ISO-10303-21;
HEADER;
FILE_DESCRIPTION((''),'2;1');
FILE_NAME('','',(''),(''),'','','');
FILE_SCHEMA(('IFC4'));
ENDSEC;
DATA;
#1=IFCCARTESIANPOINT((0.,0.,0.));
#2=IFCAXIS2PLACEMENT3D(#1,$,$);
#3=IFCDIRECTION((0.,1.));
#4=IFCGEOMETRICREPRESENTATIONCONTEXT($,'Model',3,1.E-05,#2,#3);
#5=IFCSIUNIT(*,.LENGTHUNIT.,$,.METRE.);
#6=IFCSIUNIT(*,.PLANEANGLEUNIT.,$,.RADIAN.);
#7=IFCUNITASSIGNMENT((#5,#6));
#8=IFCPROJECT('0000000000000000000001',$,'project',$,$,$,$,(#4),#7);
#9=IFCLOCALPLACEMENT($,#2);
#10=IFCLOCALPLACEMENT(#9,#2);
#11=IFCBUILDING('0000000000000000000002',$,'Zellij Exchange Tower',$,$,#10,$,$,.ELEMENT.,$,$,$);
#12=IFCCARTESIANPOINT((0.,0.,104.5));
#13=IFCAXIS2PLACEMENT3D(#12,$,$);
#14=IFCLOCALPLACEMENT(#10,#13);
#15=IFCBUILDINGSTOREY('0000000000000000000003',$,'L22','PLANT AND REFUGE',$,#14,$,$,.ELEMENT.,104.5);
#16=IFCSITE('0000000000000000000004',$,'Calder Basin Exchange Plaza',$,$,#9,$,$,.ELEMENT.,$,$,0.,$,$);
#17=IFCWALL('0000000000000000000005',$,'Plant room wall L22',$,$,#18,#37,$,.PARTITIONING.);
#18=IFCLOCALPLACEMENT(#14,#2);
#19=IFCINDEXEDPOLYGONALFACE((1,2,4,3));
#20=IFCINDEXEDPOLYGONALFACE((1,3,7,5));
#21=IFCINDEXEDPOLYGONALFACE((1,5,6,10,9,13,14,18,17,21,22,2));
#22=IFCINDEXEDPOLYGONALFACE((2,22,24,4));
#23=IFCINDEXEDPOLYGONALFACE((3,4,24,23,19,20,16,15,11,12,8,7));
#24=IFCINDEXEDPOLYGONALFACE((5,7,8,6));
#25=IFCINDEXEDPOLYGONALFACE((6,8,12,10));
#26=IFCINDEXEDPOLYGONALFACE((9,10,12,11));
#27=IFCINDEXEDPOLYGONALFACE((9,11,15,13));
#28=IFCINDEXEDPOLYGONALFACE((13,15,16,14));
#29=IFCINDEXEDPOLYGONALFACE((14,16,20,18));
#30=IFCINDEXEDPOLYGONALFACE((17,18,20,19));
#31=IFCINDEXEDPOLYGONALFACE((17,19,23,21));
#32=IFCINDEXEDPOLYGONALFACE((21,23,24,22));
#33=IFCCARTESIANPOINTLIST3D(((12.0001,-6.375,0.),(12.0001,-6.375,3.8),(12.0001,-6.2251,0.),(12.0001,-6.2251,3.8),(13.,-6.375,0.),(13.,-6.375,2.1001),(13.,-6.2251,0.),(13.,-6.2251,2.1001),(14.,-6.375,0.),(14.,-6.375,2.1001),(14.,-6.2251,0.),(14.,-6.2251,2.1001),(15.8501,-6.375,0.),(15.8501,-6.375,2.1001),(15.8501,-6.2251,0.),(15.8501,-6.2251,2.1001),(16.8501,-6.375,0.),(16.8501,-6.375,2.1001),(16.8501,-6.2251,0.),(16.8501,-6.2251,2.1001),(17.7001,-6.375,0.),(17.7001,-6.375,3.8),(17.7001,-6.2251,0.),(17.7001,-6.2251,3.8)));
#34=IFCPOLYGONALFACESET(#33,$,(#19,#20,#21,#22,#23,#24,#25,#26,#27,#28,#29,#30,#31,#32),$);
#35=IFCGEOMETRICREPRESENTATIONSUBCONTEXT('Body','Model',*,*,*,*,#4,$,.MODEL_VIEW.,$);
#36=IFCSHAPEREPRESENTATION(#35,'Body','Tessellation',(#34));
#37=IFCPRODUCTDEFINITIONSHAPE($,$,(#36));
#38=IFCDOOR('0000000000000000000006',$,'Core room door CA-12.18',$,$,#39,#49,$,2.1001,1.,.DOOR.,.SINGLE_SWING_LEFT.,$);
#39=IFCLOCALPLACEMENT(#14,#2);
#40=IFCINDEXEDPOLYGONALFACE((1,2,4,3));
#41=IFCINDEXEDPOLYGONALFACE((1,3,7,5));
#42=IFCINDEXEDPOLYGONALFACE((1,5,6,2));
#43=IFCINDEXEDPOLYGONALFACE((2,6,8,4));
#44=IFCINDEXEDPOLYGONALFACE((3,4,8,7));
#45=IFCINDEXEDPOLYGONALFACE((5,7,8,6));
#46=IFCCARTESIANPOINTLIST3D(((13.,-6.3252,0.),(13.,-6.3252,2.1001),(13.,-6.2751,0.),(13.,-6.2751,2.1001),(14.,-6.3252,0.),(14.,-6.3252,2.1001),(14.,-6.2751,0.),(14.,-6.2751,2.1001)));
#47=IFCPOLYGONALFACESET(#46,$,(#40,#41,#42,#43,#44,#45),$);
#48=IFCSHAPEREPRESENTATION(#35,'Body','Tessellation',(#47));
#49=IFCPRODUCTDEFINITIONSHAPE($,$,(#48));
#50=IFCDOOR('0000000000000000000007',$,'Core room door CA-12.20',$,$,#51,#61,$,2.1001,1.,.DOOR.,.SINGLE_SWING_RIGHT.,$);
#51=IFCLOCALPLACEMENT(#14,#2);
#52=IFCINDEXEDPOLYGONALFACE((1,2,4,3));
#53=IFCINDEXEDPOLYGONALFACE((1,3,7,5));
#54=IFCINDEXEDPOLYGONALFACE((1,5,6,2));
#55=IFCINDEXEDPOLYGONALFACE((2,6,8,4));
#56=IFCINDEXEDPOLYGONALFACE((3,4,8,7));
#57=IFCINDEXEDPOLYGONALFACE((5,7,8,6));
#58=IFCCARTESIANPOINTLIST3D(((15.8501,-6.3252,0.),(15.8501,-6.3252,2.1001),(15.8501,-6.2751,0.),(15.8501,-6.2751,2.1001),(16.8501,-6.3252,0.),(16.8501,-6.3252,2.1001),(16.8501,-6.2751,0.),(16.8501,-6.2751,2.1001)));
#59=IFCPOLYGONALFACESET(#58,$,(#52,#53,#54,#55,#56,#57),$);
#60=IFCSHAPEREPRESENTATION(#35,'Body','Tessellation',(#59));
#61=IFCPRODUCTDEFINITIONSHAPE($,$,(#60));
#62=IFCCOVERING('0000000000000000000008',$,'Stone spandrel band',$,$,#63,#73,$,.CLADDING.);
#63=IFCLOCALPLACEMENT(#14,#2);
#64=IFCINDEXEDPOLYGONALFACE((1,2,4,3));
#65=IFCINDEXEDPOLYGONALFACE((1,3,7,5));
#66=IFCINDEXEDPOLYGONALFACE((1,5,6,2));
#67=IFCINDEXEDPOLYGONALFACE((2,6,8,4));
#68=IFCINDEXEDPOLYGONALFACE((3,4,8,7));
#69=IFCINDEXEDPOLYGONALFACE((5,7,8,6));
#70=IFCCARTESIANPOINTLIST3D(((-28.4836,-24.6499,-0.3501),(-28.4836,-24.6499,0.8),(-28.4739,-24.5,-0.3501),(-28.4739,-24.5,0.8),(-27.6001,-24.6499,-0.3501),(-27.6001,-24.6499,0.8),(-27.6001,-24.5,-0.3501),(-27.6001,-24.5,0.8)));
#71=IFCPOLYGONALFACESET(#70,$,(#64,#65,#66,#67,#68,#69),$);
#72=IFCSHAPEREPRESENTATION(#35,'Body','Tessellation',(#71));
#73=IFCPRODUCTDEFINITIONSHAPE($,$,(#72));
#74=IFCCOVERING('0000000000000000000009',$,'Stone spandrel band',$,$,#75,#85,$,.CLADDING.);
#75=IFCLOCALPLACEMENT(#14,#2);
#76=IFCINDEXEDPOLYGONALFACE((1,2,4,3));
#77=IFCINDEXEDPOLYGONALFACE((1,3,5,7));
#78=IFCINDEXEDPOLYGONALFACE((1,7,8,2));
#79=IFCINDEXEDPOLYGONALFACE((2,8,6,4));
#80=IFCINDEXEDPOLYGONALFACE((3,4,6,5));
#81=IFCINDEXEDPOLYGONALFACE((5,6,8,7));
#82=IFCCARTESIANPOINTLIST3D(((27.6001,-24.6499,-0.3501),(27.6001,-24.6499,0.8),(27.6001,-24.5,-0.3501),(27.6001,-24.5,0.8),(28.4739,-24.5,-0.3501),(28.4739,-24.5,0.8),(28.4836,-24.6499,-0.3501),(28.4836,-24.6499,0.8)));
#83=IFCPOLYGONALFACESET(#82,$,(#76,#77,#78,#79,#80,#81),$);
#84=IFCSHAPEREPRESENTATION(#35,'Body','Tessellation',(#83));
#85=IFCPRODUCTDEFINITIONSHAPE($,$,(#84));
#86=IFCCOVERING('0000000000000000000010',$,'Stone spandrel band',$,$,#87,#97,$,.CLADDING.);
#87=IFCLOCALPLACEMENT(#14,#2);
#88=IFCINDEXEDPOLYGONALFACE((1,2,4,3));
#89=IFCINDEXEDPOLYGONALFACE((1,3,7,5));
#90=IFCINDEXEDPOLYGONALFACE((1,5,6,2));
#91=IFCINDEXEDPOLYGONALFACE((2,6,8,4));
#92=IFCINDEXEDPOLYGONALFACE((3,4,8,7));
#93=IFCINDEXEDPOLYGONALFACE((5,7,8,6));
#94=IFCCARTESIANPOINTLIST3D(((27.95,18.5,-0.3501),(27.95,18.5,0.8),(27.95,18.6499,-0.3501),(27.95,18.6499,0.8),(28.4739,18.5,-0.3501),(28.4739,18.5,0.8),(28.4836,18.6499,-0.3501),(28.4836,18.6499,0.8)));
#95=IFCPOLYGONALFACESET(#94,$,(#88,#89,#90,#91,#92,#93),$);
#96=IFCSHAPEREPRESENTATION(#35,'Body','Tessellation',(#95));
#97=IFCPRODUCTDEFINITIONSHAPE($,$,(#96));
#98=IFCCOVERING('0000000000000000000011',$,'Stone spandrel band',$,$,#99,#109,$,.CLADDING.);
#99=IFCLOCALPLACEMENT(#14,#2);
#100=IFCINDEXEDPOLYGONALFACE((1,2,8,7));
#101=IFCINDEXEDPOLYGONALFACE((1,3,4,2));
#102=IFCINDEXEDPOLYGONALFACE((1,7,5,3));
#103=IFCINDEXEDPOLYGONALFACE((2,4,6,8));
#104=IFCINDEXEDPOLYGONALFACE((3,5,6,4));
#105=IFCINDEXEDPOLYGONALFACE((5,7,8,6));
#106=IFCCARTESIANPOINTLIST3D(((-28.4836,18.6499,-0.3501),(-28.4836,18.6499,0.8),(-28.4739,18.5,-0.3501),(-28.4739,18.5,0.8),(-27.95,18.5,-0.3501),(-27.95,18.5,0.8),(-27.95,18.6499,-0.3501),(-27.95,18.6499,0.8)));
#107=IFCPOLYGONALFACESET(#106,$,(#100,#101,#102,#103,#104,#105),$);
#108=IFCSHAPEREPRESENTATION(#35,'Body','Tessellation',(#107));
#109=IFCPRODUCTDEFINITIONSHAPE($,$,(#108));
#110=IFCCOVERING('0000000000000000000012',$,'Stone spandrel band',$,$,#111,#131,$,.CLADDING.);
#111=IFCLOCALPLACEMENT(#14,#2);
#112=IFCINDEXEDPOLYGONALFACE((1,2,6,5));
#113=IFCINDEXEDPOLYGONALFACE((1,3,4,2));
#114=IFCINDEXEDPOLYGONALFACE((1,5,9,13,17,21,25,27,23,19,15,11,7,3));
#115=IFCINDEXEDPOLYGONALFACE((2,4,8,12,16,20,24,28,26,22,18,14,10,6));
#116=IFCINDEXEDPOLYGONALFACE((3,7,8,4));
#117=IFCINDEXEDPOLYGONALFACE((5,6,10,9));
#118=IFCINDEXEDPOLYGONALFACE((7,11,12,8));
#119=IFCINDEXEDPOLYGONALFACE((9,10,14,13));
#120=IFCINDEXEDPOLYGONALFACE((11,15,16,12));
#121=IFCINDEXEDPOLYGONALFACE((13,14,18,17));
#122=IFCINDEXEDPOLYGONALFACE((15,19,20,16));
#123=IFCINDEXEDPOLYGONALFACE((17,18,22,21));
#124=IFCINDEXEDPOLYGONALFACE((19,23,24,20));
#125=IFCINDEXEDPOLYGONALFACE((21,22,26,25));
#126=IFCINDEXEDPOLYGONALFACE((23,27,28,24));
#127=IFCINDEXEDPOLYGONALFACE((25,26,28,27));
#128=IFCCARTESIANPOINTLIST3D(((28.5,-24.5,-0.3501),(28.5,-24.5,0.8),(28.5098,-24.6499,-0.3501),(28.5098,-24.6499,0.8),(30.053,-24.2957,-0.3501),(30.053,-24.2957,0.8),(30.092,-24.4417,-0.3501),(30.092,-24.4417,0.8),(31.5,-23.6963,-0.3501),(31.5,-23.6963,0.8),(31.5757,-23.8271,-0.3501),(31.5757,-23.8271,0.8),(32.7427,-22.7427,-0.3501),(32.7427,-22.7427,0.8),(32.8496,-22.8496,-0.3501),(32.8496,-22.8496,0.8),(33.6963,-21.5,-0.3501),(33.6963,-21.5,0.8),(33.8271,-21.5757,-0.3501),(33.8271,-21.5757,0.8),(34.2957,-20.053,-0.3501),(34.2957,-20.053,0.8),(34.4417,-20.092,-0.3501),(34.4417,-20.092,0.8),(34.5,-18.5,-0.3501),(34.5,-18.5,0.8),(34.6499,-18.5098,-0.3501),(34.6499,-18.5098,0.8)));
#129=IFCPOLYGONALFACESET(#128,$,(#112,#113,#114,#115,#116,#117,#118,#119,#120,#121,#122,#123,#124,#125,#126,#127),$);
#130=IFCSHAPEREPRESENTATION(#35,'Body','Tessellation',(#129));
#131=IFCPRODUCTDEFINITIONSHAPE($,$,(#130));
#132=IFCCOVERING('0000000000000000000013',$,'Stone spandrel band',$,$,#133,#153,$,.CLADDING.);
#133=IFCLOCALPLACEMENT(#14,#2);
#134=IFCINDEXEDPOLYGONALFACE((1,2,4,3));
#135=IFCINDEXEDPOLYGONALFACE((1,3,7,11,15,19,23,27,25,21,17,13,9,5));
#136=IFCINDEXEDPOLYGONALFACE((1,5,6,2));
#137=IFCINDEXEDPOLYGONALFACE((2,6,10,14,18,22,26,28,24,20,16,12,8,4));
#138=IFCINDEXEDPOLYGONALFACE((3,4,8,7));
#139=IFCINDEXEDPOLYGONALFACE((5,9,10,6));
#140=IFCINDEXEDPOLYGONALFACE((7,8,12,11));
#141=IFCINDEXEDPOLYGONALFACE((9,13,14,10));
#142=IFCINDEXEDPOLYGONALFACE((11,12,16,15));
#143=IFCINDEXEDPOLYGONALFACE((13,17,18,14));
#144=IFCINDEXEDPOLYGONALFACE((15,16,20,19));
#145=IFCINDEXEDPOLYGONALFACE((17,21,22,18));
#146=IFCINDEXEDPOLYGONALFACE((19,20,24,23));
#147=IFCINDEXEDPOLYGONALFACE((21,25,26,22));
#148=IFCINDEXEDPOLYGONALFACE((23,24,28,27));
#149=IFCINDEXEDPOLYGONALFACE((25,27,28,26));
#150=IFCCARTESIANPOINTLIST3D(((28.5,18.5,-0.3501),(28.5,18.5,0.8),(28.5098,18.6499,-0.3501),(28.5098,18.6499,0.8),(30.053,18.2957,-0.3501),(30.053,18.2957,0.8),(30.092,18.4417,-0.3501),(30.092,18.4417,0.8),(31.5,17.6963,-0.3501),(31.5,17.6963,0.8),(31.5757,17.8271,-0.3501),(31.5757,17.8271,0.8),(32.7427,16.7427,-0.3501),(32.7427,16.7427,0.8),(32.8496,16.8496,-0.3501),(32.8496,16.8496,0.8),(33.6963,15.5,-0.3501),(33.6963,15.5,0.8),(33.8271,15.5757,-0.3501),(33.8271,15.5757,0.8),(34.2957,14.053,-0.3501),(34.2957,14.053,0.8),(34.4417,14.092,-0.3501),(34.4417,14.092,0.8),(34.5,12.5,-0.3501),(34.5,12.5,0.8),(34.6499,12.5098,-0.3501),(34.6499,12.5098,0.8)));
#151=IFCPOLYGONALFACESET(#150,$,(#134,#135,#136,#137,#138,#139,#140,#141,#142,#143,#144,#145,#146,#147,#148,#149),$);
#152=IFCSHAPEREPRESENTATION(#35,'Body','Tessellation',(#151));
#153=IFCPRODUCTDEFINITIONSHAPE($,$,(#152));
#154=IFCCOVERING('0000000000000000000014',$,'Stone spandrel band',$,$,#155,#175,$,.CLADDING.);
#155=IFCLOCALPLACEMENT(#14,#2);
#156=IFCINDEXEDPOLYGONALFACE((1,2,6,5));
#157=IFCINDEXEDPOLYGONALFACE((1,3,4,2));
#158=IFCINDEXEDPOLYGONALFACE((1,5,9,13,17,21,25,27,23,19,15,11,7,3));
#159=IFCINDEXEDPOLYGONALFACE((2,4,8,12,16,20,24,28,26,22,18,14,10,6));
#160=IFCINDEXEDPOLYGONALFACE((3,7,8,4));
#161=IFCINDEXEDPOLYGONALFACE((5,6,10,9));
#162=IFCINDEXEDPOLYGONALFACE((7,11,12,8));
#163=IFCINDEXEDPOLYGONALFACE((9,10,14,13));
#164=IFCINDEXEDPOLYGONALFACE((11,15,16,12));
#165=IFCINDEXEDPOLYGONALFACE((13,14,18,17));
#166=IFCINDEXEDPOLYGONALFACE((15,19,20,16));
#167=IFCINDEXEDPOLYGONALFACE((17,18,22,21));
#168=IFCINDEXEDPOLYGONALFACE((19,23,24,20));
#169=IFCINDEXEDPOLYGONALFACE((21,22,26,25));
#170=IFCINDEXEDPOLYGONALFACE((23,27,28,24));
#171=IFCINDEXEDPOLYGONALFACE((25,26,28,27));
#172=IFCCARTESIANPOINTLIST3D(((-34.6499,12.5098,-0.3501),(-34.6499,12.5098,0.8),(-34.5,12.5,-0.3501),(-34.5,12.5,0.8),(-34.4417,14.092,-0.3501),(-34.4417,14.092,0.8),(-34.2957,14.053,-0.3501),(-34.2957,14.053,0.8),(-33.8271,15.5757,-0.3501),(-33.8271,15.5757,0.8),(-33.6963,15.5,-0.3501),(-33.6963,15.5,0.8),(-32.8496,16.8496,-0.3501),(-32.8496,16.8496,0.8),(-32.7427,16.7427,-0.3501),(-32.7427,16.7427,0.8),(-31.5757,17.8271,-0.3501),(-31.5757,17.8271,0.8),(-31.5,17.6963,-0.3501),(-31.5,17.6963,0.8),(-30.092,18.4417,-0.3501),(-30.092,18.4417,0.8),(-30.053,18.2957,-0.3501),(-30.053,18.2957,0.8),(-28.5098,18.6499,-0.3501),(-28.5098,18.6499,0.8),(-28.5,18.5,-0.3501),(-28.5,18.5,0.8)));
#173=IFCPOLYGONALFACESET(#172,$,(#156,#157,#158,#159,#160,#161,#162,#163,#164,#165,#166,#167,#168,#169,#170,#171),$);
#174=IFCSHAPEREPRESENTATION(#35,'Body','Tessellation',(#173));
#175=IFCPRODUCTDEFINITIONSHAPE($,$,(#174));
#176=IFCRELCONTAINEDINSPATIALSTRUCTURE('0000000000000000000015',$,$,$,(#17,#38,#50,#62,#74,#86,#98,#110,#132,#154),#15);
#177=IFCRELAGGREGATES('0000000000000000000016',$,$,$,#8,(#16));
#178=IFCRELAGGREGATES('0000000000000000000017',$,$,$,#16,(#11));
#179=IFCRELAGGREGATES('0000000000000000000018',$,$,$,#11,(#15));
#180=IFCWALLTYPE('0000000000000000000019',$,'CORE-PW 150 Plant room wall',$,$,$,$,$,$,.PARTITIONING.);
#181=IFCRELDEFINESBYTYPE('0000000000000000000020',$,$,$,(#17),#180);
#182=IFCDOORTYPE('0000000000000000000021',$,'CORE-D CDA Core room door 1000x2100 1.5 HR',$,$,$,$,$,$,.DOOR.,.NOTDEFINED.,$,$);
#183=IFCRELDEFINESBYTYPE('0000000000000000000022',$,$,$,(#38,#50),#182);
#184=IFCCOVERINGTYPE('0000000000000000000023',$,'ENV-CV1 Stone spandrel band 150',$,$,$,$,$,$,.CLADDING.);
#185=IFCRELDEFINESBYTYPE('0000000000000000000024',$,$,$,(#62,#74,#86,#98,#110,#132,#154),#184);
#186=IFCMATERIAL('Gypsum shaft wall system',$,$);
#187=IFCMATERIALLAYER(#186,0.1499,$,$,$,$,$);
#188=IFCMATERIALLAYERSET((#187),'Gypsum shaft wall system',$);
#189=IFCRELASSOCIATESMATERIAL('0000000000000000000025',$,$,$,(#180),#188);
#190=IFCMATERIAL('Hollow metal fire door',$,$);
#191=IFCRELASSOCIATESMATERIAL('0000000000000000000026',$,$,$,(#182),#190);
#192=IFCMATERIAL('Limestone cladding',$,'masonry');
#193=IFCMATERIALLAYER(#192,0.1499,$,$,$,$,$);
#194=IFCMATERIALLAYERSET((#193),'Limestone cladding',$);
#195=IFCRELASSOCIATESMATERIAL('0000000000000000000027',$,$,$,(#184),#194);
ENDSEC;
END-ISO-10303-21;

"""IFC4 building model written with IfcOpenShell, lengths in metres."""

from ifc_helpers import new_model, si_unit, direction, frame, frame_2d, origin, place, context, subcontext, project, spatial, polyline, rectangle, outline, extrude, material, layer, layer_set, type_object, element, fill, save


model = new_model("IFC4")

# Units and contexts
model_context = context("Model", 3, precision=1e-05, world=origin(), true_north=direction((0.0, 1.0)))
body_context = subcontext(model_context, "Body", "Model", "MODEL_VIEW")
ifc_project = project(units=[si_unit("LENGTHUNIT", "METRE"), si_unit("PLANEANGLEUNIT", "RADIAN")], contexts=[model_context])

# Site, building, storey
site_placement = place(None, origin())
site = spatial("IfcSite", under=ifc_project, at=site_placement, Name="Calder Basin Exchange Plaza", CompositionType="ELEMENT", RefElevation=0.0)
building_placement = place(site_placement, origin())
building = spatial("IfcBuilding", under=site, at=building_placement, Name="Zellij Exchange Tower", CompositionType="ELEMENT")
storey_placement = place(building_placement, frame((0.0, 0.0, 104.5)))
storey = spatial("IfcBuildingStorey", under=building, at=storey_placement, Name="L22", Description="PLANT AND REFUGE", CompositionType="ELEMENT", Elevation=104.5)

# Shared definitions
ifc_material_1 = material(Name="Gypsum shaft wall system")
ifc_material_2 = material(Name="Hollow metal fire door")

# Shared definitions
ifc_layer_1 = layer(ifc_material_1, 0.1499)
ifc_layer_set_1 = layer_set([ifc_layer_1], Name="Gypsum shaft wall system")
wall_type_1 = type_object("IfcWallType", Name="CORE-PW 150 Plant room wall", PredefinedType="PARTITIONING", material=ifc_layer_set_1)

# Wall, openings, doors
wall_1_placement = place(storey_placement, frame((12.0, -6.3, 0.0), z_axis=(0.0, 0.0, 1.0), x_axis=(1.0, 0.0, 0.0)))
wall_1 = element("IfcWall", 1, at=wall_1_placement, inside=storey, type_object=wall_type_1, Name="Plant room wall L22", PredefinedType="PARTITIONING", context=body_context, shape_type="SweptSolid", body=[
    extrude(rectangle(XDim=5.7, YDim=0.1499, at=frame_2d((2.8501, 0.0))), origin(), (0.0, 0.0, 1.0), 3.8),
])
opening_1_placement = place(wall_1_placement, frame((1.0, 0.0, 0.0)))
opening_1 = element("IfcOpeningElement", 2, at=opening_1_placement, cuts=wall_1, PredefinedType="OPENING", context=body_context, shape_type="SweptSolid", body=[
    extrude(rectangle(XDim=1.0, YDim=2.1001, at=frame_2d((0.5, 1.05))), frame((0.0, 0.0869, 0.0), z_axis=(0.0, -1.0, 0.0), x_axis=(1.0, 0.0, 0.0)), (0.0, 0.0, 1.0), 0.1738),
])
opening_2_placement = place(wall_1_placement, frame((3.8501, 0.0, 0.0)))
opening_2 = element("IfcOpeningElement", 3, at=opening_2_placement, cuts=wall_1, PredefinedType="OPENING", context=body_context, shape_type="SweptSolid", body=[
    extrude(rectangle(XDim=1.0, YDim=2.1001, at=frame_2d((0.5, 1.05))), frame((0.0, 0.0869, 0.0), z_axis=(0.0, -1.0, 0.0), x_axis=(1.0, 0.0, 0.0)), (0.0, 0.0, 1.0), 0.1738),
])
door_type_1 = type_object("IfcDoorType", Name="CORE-D CDA Core room door 1000x2100 1.5 HR", OperationType="NOTDEFINED", PredefinedType="DOOR", material=ifc_material_2)
door_1_placement = place(opening_1_placement, origin())
door_1 = element("IfcDoor", 4, at=door_1_placement, inside=storey, type_object=door_type_1, Name="Core room door CA-12.18", OperationType="SINGLE_SWING_LEFT", OverallHeight=2.1001, OverallWidth=1.0, PredefinedType="DOOR", context=body_context, shape_type="SweptSolid", body=[
    extrude(rectangle(XDim=1.0, YDim=2.1001, at=frame_2d((0.5, 1.05))), frame((0.0, 0.0249, 0.0), z_axis=(0.0, -1.0, 0.0), x_axis=(1.0, 0.0, 0.0)), (0.0, 0.0, 1.0), 0.05),
])
fill(opening_1, door_1)
door_2_placement = place(opening_2_placement, origin())
door_2 = element("IfcDoor", 5, at=door_2_placement, inside=storey, type_object=door_type_1, Name="Core room door CA-12.20", OperationType="SINGLE_SWING_RIGHT", OverallHeight=2.1001, OverallWidth=1.0, PredefinedType="DOOR", context=body_context, shape_type="SweptSolid", body=[
    extrude(rectangle(XDim=1.0, YDim=2.1001, at=frame_2d((0.5, 1.05))), frame((0.0, 0.0249, 0.0), z_axis=(0.0, -1.0, 0.0), x_axis=(1.0, 0.0, 0.0)), (0.0, 0.0, 1.0), 0.05),
])
fill(opening_2, door_2)

# Coverings
ifc_material_3 = material(Name="Limestone cladding", Category="masonry")
ifc_layer_2 = layer(ifc_material_3, 0.1499)
ifc_layer_set_2 = layer_set([ifc_layer_2], Name="Limestone cladding")
covering_type_1 = type_object("IfcCoveringType", Name="ENV-CV1 Stone spandrel band 150", PredefinedType="CLADDING", material=ifc_layer_set_2)
covering_1_placement = place(storey_placement, frame((0.0, 0.0, -0.3501)))
element("IfcCovering", 6, at=covering_1_placement, inside=storey, type_object=covering_type_1, Name="Stone spandrel band", PredefinedType="CLADDING", context=body_context, shape_type="SweptSolid", body=[
    extrude(outline(polyline([(-28.4739, -24.5), (-27.6001, -24.5), (-27.6001, -24.6499), (-28.4836, -24.6499), (-28.4739, -24.5)])), origin(), (0.0, 0.0, 1.0), 1.1501),
])
covering_2_placement = place(storey_placement, frame((0.0, 0.0, -0.3501)))
element("IfcCovering", 7, at=covering_2_placement, inside=storey, type_object=covering_type_1, Name="Stone spandrel band", PredefinedType="CLADDING", context=body_context, shape_type="SweptSolid", body=[
    extrude(outline(polyline([(27.6001, -24.5), (28.4739, -24.5), (28.4836, -24.6499), (27.6001, -24.6499), (27.6001, -24.5)])), origin(), (0.0, 0.0, 1.0), 1.1501),
])
covering_3_placement = place(storey_placement, frame((0.0, 0.0, -0.3501)))
element("IfcCovering", 8, at=covering_3_placement, inside=storey, type_object=covering_type_1, Name="Stone spandrel band", PredefinedType="CLADDING", context=body_context, shape_type="SweptSolid", body=[
    extrude(outline(polyline([(28.4739, 18.5), (27.95, 18.5), (27.95, 18.6499), (28.4836, 18.6499), (28.4739, 18.5)])), origin(), (0.0, 0.0, 1.0), 1.1501),
])
covering_4_placement = place(storey_placement, frame((0.0, 0.0, -0.3501)))
element("IfcCovering", 9, at=covering_4_placement, inside=storey, type_object=covering_type_1, Name="Stone spandrel band", PredefinedType="CLADDING", context=body_context, shape_type="SweptSolid", body=[
    extrude(outline(polyline([(-27.95, 18.5), (-28.4739, 18.5), (-28.4836, 18.6499), (-27.95, 18.6499), (-27.95, 18.5)])), origin(), (0.0, 0.0, 1.0), 1.1501),
])
covering_5_placement = place(storey_placement, frame((0.0, 0.0, -0.3501)))
element("IfcCovering", 10, at=covering_5_placement, inside=storey, type_object=covering_type_1, Name="Stone spandrel band", PredefinedType="CLADDING", context=body_context, shape_type="SweptSolid", body=[
    extrude(outline(polyline([(28.5, -24.5), (30.053, -24.2957), (31.5, -23.6963), (32.7427, -22.7427), (33.6963, -21.5), (34.2957, -20.053), (34.5, -18.5), (34.6499, -18.5098), (34.4417, -20.092), (33.8271, -21.5757), (32.8496, -22.8496), (31.5757, -23.8271), (30.092, -24.4417), (28.5098, -24.6499), (28.5, -24.5)])), origin(), (0.0, 0.0, 1.0), 1.1501),
])
covering_6_placement = place(storey_placement, frame((0.0, 0.0, -0.3501)))
element("IfcCovering", 11, at=covering_6_placement, inside=storey, type_object=covering_type_1, Name="Stone spandrel band", PredefinedType="CLADDING", context=body_context, shape_type="SweptSolid", body=[
    extrude(outline(polyline([(34.5, 12.5), (34.2957, 14.053), (33.6963, 15.5), (32.7427, 16.7427), (31.5, 17.6963), (30.053, 18.2957), (28.5, 18.5), (28.5098, 18.6499), (30.092, 18.4417), (31.5757, 17.8271), (32.8496, 16.8496), (33.8271, 15.5757), (34.4417, 14.092), (34.6499, 12.5098), (34.5, 12.5)])), origin(), (0.0, 0.0, 1.0), 1.1501),
])
covering_7_placement = place(storey_placement, frame((0.0, 0.0, -0.3501)))
element("IfcCovering", 12, at=covering_7_placement, inside=storey, type_object=covering_type_1, Name="Stone spandrel band", PredefinedType="CLADDING", context=body_context, shape_type="SweptSolid", body=[
    extrude(outline(polyline([(-28.5, 18.5), (-30.053, 18.2957), (-31.5, 17.6963), (-32.7427, 16.7427), (-33.6963, 15.5), (-34.2957, 14.053), (-34.5, 12.5), (-34.6499, 12.5098), (-34.4417, 14.092), (-33.8271, 15.5757), (-32.8496, 16.8496), (-31.5757, 17.8271), (-30.092, 18.4417), (-28.5098, 18.6499), (-28.5, 18.5)])), origin(), (0.0, 0.0, 1.0), 1.1501),
])

save(model, "model.ifc")
